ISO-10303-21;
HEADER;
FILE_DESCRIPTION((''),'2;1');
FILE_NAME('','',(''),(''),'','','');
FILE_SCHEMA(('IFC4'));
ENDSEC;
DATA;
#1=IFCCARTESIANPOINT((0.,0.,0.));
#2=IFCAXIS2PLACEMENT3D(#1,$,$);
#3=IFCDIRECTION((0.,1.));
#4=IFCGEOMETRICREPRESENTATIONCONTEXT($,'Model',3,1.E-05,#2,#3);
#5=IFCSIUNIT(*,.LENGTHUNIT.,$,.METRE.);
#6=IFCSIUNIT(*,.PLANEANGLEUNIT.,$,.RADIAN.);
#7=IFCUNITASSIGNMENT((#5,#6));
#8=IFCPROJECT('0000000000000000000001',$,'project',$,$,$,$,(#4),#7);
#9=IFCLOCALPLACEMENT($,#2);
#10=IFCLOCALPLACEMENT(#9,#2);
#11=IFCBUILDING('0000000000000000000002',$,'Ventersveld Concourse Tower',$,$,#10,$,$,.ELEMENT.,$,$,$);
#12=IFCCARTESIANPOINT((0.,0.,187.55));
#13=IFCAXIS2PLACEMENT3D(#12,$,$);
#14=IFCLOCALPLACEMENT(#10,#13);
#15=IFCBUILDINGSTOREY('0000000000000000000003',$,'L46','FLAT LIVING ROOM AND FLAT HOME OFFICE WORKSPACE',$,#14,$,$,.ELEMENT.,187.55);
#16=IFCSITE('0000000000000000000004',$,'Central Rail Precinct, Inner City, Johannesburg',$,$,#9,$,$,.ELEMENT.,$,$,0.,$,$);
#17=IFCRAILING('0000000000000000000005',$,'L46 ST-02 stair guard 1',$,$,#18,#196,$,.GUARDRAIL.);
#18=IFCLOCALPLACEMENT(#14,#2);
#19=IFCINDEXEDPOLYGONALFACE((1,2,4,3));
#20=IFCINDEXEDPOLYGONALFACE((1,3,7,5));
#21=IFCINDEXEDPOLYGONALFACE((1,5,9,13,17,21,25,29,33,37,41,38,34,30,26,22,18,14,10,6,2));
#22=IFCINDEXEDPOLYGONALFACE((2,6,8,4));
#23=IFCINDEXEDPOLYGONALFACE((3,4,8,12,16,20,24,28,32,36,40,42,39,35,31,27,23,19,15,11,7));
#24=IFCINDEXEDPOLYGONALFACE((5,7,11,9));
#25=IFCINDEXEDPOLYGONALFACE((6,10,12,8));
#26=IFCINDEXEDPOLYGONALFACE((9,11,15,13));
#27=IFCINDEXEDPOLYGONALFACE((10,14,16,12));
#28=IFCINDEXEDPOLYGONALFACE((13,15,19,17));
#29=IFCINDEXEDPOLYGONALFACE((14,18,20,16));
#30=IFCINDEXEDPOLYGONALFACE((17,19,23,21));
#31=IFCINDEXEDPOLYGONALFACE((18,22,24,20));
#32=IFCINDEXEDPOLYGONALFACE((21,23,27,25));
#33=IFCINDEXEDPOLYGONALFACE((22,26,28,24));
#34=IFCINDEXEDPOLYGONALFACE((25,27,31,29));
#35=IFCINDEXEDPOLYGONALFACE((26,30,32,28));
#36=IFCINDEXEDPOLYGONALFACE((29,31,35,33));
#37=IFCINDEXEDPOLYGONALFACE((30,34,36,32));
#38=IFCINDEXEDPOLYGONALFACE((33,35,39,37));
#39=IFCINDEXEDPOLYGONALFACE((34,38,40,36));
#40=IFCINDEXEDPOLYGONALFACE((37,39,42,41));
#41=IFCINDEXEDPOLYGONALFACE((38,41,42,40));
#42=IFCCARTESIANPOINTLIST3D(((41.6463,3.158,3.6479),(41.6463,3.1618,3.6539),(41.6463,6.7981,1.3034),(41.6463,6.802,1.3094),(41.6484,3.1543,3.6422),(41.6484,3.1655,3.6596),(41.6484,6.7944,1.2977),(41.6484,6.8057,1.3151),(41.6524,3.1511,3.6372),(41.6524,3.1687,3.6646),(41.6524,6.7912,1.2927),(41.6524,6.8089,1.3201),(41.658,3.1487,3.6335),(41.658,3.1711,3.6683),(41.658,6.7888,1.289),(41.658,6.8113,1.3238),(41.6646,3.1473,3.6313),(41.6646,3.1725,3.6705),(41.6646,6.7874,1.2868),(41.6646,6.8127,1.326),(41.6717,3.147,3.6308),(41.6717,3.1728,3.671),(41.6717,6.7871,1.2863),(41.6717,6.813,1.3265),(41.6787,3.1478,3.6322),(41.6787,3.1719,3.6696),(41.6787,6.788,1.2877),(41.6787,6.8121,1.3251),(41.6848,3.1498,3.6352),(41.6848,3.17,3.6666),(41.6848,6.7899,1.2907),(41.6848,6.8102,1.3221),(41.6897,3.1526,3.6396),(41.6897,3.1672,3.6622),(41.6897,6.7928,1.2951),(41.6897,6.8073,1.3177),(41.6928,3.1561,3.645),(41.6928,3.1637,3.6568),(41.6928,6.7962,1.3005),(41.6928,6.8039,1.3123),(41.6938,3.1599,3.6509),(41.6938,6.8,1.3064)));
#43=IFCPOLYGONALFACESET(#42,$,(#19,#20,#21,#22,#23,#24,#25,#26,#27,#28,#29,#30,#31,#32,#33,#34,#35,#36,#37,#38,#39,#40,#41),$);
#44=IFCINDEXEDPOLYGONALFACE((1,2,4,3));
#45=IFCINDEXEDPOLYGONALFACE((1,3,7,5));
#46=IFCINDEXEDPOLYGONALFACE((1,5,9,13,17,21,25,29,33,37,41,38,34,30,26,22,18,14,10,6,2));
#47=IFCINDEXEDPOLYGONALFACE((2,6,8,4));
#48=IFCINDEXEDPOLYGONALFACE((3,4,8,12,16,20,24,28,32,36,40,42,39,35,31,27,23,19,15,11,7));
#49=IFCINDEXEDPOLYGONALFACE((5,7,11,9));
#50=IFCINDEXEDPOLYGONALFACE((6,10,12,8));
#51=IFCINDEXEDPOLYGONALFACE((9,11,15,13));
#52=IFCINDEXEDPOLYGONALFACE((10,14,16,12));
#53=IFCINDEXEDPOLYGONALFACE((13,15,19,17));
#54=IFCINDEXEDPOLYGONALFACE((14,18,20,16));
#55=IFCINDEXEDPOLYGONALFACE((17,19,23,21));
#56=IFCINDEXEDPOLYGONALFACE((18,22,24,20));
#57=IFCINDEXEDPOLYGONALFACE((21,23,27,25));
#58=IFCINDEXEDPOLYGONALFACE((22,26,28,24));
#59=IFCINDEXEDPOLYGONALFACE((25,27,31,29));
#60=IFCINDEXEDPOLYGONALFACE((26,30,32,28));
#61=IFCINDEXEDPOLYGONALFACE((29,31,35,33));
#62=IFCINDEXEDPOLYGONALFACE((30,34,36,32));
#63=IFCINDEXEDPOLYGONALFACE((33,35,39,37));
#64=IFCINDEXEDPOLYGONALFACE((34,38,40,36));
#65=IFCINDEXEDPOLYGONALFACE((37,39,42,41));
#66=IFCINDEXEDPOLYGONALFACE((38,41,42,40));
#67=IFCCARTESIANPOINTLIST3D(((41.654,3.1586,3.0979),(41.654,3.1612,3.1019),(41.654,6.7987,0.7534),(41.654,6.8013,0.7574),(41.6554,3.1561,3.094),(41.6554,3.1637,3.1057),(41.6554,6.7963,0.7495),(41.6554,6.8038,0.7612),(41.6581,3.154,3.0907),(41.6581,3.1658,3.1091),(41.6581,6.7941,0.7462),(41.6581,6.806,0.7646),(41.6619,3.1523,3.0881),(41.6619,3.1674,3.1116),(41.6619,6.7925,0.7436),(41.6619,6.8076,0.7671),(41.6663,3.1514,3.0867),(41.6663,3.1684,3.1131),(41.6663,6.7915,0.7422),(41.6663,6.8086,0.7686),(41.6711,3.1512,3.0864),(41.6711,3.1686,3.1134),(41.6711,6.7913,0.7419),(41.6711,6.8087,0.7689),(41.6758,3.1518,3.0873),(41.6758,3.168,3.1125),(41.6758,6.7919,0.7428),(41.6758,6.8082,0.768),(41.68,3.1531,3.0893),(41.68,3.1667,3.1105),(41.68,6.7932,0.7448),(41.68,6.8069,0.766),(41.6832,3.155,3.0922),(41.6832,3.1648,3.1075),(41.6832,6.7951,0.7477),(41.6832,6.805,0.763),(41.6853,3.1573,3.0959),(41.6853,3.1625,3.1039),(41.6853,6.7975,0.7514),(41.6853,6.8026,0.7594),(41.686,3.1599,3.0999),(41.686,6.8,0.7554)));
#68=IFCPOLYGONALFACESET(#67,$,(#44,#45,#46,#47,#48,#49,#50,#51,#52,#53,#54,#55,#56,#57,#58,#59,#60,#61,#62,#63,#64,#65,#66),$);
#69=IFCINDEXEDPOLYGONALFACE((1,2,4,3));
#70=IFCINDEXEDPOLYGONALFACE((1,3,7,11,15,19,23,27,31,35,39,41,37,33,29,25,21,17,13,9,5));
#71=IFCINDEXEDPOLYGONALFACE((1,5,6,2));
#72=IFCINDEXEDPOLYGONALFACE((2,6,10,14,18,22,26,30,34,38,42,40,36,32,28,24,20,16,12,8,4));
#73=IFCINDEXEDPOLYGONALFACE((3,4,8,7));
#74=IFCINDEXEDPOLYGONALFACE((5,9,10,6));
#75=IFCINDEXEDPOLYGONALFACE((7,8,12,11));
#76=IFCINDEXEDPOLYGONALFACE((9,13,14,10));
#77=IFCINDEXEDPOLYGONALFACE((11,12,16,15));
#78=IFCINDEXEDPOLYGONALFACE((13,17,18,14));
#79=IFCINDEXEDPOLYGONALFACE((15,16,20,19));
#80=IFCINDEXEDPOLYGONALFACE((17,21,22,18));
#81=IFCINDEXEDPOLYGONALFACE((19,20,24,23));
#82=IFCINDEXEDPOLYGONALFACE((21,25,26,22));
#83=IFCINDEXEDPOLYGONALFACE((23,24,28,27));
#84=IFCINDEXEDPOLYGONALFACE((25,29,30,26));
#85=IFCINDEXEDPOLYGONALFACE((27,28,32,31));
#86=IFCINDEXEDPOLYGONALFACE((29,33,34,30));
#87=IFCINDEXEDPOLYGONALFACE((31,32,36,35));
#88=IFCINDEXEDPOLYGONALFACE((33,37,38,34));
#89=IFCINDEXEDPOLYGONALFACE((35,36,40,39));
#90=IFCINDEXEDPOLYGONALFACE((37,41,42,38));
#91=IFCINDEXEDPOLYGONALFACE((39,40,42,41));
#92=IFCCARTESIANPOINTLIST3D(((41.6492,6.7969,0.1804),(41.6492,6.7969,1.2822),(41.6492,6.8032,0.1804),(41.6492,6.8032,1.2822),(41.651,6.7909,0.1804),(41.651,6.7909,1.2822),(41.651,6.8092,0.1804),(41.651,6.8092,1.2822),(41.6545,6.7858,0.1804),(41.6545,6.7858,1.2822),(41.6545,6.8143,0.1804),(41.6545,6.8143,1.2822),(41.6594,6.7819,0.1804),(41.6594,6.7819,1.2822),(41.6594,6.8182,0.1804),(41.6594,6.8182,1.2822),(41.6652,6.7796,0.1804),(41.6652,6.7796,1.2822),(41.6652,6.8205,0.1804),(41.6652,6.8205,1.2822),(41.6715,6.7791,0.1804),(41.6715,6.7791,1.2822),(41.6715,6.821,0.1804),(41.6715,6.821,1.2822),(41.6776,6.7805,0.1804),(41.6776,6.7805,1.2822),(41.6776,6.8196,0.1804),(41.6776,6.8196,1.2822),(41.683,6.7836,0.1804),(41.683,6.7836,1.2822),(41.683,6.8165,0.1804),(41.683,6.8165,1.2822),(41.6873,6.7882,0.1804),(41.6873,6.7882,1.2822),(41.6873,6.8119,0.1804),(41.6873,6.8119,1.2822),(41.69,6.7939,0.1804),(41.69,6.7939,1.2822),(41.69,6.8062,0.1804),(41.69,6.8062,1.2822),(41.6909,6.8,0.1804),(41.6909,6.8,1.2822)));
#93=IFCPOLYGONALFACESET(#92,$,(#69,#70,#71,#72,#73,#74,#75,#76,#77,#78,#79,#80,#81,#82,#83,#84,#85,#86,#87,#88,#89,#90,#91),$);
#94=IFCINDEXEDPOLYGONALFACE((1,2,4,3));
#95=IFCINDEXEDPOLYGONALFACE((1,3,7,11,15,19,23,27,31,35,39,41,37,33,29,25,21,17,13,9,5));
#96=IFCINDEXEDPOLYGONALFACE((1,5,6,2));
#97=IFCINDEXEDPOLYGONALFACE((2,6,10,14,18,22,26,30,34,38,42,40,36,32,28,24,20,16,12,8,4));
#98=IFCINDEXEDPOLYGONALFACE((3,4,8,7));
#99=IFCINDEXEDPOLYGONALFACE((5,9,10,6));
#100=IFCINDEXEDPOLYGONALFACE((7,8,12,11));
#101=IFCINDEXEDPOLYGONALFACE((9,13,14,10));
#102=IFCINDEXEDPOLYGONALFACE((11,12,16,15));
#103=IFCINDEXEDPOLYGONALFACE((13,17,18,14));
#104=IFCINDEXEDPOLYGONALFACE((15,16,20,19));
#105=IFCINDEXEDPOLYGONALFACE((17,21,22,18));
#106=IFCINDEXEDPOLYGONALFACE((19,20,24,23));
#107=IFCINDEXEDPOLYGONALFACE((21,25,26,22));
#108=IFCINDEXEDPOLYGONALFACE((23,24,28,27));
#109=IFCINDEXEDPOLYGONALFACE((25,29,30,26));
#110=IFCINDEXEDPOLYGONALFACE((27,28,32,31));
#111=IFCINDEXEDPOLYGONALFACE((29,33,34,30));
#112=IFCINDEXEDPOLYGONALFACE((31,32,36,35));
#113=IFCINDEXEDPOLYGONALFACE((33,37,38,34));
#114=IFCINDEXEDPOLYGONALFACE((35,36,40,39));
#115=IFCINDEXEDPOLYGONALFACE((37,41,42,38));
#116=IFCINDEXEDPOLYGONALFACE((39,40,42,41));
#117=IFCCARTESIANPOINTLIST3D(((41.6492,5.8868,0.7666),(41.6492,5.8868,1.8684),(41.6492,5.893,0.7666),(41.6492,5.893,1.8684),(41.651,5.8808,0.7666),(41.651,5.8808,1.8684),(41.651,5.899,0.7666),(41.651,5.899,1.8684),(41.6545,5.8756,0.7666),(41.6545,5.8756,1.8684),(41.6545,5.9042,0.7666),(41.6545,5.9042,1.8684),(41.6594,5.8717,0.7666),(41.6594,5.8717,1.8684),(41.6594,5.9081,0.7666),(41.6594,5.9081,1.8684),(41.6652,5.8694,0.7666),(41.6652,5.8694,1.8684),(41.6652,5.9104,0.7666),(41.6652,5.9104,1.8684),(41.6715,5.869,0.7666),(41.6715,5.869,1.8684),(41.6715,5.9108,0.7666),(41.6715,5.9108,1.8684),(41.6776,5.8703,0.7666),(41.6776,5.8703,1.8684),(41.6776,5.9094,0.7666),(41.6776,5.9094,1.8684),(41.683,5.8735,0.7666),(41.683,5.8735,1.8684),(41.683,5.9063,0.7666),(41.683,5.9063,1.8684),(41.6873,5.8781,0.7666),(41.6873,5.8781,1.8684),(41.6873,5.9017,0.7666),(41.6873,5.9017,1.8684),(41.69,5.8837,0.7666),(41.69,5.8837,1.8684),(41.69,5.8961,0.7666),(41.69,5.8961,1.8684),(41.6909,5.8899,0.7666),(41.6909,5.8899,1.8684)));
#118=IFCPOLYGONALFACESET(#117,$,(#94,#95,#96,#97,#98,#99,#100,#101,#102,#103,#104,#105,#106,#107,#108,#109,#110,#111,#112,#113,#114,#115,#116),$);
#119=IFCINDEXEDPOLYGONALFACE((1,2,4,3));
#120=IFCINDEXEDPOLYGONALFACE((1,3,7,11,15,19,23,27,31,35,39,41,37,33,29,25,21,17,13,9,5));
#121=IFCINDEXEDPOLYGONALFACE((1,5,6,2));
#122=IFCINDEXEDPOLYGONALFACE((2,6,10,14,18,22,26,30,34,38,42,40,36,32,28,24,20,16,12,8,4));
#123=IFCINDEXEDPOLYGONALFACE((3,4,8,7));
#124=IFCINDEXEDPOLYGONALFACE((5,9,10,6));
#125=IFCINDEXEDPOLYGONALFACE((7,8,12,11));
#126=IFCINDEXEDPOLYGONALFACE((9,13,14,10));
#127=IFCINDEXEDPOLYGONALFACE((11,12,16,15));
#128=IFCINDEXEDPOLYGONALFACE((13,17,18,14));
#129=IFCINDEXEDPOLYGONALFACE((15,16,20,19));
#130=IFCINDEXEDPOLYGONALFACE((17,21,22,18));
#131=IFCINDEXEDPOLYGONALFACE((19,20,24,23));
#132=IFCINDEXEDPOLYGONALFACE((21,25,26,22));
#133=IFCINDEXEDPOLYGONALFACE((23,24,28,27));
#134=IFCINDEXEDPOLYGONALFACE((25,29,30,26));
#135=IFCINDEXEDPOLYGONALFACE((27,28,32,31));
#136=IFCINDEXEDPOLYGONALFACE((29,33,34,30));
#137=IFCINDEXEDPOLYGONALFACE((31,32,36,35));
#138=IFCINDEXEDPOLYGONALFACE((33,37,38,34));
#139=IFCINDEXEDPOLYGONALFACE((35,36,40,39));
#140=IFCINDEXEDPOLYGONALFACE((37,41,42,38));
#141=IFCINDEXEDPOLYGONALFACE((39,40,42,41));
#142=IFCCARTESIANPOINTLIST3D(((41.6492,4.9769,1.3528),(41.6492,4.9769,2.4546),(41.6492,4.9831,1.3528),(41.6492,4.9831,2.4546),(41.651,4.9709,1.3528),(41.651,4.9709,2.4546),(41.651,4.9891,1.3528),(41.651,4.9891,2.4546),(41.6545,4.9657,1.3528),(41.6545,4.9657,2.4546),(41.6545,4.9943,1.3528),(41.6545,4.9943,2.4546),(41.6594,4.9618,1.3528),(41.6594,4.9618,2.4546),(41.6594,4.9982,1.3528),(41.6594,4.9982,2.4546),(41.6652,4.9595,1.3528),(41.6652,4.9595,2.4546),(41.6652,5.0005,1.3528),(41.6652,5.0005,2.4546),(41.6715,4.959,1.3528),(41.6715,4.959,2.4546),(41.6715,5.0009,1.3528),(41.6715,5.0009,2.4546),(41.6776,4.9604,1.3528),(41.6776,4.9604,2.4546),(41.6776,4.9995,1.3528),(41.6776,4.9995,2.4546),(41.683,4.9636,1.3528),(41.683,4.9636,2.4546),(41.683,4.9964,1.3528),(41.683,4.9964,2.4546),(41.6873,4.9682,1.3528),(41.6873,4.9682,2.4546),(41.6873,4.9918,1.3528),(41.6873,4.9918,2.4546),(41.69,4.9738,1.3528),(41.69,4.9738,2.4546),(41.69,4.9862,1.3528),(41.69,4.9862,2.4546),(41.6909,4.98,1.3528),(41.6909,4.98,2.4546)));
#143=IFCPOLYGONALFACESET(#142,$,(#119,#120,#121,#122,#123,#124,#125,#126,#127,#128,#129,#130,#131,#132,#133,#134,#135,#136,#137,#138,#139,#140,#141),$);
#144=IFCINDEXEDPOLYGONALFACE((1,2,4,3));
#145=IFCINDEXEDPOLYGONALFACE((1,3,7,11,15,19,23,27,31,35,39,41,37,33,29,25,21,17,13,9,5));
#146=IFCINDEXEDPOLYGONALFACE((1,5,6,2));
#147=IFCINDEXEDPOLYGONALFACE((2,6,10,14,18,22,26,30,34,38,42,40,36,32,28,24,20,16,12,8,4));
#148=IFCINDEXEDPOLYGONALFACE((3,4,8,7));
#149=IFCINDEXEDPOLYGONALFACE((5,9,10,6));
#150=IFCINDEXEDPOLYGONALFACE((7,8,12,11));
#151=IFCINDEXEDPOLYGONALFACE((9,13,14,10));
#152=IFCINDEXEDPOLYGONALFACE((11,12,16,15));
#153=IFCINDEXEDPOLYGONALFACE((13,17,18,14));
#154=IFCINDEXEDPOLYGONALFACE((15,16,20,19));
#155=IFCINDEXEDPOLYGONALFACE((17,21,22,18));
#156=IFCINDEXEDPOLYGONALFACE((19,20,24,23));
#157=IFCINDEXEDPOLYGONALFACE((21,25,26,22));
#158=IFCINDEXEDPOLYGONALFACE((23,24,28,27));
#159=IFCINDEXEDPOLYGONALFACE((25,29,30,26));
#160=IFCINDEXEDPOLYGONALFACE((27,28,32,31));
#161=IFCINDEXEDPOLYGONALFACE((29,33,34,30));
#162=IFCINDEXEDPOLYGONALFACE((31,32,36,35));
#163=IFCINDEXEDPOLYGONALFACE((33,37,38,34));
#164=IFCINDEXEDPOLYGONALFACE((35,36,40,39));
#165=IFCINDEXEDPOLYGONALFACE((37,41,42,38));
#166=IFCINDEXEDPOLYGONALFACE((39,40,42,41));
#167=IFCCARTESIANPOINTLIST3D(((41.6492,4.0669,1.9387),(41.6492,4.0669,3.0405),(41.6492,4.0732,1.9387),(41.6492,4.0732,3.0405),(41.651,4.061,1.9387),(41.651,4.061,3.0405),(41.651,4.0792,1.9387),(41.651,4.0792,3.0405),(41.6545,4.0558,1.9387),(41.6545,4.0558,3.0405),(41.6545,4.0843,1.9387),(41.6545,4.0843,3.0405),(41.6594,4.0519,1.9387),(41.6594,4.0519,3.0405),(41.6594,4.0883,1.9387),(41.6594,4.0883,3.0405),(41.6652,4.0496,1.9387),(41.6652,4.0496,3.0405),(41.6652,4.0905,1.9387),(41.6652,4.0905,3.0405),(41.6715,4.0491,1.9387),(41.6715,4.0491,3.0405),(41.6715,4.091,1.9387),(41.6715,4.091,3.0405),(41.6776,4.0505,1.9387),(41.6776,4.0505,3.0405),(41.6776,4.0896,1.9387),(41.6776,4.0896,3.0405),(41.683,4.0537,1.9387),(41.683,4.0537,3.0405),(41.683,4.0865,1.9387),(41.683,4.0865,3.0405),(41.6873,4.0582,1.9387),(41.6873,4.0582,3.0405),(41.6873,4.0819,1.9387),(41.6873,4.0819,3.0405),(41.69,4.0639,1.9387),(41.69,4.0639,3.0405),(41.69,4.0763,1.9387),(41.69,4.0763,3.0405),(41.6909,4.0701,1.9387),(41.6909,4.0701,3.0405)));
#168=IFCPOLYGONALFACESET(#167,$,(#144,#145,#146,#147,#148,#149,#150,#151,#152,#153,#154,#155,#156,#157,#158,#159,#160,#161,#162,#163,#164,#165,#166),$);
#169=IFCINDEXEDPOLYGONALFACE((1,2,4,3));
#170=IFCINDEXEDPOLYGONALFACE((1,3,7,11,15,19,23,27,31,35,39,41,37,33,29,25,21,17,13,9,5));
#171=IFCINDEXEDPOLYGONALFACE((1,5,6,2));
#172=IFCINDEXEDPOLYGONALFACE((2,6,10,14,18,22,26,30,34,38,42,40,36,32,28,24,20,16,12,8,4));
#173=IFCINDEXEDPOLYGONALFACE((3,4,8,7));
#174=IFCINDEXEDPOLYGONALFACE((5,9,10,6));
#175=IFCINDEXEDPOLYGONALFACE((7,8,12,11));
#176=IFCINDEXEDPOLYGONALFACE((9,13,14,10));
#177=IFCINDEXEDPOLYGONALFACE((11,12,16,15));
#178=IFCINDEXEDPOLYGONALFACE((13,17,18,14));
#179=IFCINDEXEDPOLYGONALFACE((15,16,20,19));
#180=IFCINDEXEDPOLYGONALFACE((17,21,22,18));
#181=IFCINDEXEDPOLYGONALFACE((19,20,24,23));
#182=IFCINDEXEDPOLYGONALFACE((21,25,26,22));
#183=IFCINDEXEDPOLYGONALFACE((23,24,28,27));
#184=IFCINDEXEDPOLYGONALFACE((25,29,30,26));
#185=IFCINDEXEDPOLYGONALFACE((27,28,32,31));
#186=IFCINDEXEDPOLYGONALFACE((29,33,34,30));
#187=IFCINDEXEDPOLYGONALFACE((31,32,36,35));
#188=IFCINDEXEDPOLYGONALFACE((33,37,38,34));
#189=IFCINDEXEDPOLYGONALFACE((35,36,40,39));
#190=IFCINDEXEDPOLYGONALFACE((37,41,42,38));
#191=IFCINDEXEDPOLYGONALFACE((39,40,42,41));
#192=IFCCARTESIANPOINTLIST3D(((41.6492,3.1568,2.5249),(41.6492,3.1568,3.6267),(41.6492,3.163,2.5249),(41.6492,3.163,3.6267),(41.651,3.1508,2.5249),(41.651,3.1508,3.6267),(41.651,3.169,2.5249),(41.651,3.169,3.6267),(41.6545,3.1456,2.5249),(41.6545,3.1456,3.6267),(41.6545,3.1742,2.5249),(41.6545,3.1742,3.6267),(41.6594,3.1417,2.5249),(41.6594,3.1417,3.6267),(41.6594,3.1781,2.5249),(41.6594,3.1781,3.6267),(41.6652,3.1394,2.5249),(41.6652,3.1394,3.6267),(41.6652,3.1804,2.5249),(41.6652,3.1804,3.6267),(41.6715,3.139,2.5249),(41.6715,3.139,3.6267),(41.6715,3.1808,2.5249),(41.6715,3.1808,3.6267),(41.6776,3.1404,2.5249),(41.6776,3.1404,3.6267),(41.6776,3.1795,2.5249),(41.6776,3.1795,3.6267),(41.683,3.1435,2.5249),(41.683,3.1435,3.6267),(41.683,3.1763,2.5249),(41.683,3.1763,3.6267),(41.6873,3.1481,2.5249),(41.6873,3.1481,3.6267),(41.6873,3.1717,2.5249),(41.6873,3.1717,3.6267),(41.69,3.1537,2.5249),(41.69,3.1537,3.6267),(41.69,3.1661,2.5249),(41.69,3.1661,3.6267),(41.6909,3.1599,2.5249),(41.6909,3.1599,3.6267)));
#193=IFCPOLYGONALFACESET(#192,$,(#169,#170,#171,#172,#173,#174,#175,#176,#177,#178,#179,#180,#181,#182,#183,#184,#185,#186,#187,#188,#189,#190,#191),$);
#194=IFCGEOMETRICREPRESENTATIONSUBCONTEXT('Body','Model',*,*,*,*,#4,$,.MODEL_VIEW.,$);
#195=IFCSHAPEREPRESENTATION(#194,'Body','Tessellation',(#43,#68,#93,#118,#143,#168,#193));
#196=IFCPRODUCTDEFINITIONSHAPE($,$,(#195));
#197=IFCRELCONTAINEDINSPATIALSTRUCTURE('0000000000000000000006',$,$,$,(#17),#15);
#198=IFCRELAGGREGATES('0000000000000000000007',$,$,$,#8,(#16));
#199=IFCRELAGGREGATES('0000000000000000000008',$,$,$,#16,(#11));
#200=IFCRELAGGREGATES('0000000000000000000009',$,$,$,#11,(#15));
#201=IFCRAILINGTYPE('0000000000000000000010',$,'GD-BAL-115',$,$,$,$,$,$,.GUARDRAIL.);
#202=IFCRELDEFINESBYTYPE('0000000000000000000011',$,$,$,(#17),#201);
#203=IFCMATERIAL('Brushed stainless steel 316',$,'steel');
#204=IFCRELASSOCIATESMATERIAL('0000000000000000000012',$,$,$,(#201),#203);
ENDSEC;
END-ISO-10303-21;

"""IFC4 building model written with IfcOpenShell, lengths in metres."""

from ifc_helpers import new_model, si_unit, direction, frame, origin, origin_2d, place, context, subcontext, project, spatial, circle, extrude, material, type_object, element, save


model = new_model("IFC4")

# Units and contexts
model_context = context("Model", 3, precision=1e-05, world=origin(), true_north=direction((0.0, 1.0)))
body_context = subcontext(model_context, "Body", "Model", "MODEL_VIEW")
ifc_project = project(units=[si_unit("LENGTHUNIT", "METRE"), si_unit("PLANEANGLEUNIT", "RADIAN")], contexts=[model_context])

# Site, building, storey
site_placement = place(None, origin())
site = spatial("IfcSite", under=ifc_project, at=site_placement, Name="Central Rail Precinct, Inner City, Johannesburg", CompositionType="ELEMENT", RefElevation=0.0)
building_placement = place(site_placement, origin())
building = spatial("IfcBuilding", under=site, at=building_placement, Name="Ventersveld Concourse Tower", CompositionType="ELEMENT")
storey_placement = place(building_placement, frame((0.0, 0.0, 187.55)))
storey = spatial("IfcBuildingStorey", under=building, at=storey_placement, Name="L46", Description="FLAT LIVING ROOM AND FLAT HOME OFFICE WORKSPACE", CompositionType="ELEMENT", Elevation=187.55)

# Shared definitions
ifc_material_1 = material(Name="Brushed stainless steel 316", Category="steel")

# Railing
railing_type_1 = type_object("IfcRailingType", Name="GD-BAL-115", PredefinedType="GUARDRAIL", material=ifc_material_1)
railing_1_placement = place(storey_placement, frame((41.6699, 6.8, 0.1804)))
element("IfcRailing", 1, at=railing_1_placement, inside=storey, type_object=railing_type_1, Name="L46 ST-02 stair guard 1", PredefinedType="GUARDRAIL", context=body_context, shape_type="SweptSolid", body=[
    extrude(circle(Radius=0.0239, at=origin_2d()), frame((0.0, 0.0, 1.126), z_axis=(0.0, -0.840716, 0.541476), x_axis=(1.0, 0.0, 0.0)), (0.0, 0.0, 1.0), 4.3298),
    extrude(circle(Radius=0.0161, at=origin_2d()), frame((0.0, 0.0, 0.575), z_axis=(0.0, -0.840716, 0.541476), x_axis=(1.0, 0.0, 0.0)), (0.0, 0.0, 1.0), 4.3298),
    extrude(circle(Radius=0.021, at=origin_2d()), origin(), (0.0, 0.0, 1.0), 1.1018),
    extrude(circle(Radius=0.021, at=origin_2d()), frame((0.0, -0.9102, 0.5862)), (0.0, 0.0, 1.0), 1.1018),
    extrude(circle(Radius=0.021, at=origin_2d()), frame((0.0, -1.8201, 1.1724)), (0.0, 0.0, 1.0), 1.1018),
    extrude(circle(Radius=0.021, at=origin_2d()), frame((0.0, -2.73, 1.7583)), (0.0, 0.0, 1.0), 1.1018),
    extrude(circle(Radius=0.021, at=origin_2d()), frame((0.0, -3.6401, 2.3445)), (0.0, 0.0, 1.0), 1.1018),
])

save(model, "model.ifc")
